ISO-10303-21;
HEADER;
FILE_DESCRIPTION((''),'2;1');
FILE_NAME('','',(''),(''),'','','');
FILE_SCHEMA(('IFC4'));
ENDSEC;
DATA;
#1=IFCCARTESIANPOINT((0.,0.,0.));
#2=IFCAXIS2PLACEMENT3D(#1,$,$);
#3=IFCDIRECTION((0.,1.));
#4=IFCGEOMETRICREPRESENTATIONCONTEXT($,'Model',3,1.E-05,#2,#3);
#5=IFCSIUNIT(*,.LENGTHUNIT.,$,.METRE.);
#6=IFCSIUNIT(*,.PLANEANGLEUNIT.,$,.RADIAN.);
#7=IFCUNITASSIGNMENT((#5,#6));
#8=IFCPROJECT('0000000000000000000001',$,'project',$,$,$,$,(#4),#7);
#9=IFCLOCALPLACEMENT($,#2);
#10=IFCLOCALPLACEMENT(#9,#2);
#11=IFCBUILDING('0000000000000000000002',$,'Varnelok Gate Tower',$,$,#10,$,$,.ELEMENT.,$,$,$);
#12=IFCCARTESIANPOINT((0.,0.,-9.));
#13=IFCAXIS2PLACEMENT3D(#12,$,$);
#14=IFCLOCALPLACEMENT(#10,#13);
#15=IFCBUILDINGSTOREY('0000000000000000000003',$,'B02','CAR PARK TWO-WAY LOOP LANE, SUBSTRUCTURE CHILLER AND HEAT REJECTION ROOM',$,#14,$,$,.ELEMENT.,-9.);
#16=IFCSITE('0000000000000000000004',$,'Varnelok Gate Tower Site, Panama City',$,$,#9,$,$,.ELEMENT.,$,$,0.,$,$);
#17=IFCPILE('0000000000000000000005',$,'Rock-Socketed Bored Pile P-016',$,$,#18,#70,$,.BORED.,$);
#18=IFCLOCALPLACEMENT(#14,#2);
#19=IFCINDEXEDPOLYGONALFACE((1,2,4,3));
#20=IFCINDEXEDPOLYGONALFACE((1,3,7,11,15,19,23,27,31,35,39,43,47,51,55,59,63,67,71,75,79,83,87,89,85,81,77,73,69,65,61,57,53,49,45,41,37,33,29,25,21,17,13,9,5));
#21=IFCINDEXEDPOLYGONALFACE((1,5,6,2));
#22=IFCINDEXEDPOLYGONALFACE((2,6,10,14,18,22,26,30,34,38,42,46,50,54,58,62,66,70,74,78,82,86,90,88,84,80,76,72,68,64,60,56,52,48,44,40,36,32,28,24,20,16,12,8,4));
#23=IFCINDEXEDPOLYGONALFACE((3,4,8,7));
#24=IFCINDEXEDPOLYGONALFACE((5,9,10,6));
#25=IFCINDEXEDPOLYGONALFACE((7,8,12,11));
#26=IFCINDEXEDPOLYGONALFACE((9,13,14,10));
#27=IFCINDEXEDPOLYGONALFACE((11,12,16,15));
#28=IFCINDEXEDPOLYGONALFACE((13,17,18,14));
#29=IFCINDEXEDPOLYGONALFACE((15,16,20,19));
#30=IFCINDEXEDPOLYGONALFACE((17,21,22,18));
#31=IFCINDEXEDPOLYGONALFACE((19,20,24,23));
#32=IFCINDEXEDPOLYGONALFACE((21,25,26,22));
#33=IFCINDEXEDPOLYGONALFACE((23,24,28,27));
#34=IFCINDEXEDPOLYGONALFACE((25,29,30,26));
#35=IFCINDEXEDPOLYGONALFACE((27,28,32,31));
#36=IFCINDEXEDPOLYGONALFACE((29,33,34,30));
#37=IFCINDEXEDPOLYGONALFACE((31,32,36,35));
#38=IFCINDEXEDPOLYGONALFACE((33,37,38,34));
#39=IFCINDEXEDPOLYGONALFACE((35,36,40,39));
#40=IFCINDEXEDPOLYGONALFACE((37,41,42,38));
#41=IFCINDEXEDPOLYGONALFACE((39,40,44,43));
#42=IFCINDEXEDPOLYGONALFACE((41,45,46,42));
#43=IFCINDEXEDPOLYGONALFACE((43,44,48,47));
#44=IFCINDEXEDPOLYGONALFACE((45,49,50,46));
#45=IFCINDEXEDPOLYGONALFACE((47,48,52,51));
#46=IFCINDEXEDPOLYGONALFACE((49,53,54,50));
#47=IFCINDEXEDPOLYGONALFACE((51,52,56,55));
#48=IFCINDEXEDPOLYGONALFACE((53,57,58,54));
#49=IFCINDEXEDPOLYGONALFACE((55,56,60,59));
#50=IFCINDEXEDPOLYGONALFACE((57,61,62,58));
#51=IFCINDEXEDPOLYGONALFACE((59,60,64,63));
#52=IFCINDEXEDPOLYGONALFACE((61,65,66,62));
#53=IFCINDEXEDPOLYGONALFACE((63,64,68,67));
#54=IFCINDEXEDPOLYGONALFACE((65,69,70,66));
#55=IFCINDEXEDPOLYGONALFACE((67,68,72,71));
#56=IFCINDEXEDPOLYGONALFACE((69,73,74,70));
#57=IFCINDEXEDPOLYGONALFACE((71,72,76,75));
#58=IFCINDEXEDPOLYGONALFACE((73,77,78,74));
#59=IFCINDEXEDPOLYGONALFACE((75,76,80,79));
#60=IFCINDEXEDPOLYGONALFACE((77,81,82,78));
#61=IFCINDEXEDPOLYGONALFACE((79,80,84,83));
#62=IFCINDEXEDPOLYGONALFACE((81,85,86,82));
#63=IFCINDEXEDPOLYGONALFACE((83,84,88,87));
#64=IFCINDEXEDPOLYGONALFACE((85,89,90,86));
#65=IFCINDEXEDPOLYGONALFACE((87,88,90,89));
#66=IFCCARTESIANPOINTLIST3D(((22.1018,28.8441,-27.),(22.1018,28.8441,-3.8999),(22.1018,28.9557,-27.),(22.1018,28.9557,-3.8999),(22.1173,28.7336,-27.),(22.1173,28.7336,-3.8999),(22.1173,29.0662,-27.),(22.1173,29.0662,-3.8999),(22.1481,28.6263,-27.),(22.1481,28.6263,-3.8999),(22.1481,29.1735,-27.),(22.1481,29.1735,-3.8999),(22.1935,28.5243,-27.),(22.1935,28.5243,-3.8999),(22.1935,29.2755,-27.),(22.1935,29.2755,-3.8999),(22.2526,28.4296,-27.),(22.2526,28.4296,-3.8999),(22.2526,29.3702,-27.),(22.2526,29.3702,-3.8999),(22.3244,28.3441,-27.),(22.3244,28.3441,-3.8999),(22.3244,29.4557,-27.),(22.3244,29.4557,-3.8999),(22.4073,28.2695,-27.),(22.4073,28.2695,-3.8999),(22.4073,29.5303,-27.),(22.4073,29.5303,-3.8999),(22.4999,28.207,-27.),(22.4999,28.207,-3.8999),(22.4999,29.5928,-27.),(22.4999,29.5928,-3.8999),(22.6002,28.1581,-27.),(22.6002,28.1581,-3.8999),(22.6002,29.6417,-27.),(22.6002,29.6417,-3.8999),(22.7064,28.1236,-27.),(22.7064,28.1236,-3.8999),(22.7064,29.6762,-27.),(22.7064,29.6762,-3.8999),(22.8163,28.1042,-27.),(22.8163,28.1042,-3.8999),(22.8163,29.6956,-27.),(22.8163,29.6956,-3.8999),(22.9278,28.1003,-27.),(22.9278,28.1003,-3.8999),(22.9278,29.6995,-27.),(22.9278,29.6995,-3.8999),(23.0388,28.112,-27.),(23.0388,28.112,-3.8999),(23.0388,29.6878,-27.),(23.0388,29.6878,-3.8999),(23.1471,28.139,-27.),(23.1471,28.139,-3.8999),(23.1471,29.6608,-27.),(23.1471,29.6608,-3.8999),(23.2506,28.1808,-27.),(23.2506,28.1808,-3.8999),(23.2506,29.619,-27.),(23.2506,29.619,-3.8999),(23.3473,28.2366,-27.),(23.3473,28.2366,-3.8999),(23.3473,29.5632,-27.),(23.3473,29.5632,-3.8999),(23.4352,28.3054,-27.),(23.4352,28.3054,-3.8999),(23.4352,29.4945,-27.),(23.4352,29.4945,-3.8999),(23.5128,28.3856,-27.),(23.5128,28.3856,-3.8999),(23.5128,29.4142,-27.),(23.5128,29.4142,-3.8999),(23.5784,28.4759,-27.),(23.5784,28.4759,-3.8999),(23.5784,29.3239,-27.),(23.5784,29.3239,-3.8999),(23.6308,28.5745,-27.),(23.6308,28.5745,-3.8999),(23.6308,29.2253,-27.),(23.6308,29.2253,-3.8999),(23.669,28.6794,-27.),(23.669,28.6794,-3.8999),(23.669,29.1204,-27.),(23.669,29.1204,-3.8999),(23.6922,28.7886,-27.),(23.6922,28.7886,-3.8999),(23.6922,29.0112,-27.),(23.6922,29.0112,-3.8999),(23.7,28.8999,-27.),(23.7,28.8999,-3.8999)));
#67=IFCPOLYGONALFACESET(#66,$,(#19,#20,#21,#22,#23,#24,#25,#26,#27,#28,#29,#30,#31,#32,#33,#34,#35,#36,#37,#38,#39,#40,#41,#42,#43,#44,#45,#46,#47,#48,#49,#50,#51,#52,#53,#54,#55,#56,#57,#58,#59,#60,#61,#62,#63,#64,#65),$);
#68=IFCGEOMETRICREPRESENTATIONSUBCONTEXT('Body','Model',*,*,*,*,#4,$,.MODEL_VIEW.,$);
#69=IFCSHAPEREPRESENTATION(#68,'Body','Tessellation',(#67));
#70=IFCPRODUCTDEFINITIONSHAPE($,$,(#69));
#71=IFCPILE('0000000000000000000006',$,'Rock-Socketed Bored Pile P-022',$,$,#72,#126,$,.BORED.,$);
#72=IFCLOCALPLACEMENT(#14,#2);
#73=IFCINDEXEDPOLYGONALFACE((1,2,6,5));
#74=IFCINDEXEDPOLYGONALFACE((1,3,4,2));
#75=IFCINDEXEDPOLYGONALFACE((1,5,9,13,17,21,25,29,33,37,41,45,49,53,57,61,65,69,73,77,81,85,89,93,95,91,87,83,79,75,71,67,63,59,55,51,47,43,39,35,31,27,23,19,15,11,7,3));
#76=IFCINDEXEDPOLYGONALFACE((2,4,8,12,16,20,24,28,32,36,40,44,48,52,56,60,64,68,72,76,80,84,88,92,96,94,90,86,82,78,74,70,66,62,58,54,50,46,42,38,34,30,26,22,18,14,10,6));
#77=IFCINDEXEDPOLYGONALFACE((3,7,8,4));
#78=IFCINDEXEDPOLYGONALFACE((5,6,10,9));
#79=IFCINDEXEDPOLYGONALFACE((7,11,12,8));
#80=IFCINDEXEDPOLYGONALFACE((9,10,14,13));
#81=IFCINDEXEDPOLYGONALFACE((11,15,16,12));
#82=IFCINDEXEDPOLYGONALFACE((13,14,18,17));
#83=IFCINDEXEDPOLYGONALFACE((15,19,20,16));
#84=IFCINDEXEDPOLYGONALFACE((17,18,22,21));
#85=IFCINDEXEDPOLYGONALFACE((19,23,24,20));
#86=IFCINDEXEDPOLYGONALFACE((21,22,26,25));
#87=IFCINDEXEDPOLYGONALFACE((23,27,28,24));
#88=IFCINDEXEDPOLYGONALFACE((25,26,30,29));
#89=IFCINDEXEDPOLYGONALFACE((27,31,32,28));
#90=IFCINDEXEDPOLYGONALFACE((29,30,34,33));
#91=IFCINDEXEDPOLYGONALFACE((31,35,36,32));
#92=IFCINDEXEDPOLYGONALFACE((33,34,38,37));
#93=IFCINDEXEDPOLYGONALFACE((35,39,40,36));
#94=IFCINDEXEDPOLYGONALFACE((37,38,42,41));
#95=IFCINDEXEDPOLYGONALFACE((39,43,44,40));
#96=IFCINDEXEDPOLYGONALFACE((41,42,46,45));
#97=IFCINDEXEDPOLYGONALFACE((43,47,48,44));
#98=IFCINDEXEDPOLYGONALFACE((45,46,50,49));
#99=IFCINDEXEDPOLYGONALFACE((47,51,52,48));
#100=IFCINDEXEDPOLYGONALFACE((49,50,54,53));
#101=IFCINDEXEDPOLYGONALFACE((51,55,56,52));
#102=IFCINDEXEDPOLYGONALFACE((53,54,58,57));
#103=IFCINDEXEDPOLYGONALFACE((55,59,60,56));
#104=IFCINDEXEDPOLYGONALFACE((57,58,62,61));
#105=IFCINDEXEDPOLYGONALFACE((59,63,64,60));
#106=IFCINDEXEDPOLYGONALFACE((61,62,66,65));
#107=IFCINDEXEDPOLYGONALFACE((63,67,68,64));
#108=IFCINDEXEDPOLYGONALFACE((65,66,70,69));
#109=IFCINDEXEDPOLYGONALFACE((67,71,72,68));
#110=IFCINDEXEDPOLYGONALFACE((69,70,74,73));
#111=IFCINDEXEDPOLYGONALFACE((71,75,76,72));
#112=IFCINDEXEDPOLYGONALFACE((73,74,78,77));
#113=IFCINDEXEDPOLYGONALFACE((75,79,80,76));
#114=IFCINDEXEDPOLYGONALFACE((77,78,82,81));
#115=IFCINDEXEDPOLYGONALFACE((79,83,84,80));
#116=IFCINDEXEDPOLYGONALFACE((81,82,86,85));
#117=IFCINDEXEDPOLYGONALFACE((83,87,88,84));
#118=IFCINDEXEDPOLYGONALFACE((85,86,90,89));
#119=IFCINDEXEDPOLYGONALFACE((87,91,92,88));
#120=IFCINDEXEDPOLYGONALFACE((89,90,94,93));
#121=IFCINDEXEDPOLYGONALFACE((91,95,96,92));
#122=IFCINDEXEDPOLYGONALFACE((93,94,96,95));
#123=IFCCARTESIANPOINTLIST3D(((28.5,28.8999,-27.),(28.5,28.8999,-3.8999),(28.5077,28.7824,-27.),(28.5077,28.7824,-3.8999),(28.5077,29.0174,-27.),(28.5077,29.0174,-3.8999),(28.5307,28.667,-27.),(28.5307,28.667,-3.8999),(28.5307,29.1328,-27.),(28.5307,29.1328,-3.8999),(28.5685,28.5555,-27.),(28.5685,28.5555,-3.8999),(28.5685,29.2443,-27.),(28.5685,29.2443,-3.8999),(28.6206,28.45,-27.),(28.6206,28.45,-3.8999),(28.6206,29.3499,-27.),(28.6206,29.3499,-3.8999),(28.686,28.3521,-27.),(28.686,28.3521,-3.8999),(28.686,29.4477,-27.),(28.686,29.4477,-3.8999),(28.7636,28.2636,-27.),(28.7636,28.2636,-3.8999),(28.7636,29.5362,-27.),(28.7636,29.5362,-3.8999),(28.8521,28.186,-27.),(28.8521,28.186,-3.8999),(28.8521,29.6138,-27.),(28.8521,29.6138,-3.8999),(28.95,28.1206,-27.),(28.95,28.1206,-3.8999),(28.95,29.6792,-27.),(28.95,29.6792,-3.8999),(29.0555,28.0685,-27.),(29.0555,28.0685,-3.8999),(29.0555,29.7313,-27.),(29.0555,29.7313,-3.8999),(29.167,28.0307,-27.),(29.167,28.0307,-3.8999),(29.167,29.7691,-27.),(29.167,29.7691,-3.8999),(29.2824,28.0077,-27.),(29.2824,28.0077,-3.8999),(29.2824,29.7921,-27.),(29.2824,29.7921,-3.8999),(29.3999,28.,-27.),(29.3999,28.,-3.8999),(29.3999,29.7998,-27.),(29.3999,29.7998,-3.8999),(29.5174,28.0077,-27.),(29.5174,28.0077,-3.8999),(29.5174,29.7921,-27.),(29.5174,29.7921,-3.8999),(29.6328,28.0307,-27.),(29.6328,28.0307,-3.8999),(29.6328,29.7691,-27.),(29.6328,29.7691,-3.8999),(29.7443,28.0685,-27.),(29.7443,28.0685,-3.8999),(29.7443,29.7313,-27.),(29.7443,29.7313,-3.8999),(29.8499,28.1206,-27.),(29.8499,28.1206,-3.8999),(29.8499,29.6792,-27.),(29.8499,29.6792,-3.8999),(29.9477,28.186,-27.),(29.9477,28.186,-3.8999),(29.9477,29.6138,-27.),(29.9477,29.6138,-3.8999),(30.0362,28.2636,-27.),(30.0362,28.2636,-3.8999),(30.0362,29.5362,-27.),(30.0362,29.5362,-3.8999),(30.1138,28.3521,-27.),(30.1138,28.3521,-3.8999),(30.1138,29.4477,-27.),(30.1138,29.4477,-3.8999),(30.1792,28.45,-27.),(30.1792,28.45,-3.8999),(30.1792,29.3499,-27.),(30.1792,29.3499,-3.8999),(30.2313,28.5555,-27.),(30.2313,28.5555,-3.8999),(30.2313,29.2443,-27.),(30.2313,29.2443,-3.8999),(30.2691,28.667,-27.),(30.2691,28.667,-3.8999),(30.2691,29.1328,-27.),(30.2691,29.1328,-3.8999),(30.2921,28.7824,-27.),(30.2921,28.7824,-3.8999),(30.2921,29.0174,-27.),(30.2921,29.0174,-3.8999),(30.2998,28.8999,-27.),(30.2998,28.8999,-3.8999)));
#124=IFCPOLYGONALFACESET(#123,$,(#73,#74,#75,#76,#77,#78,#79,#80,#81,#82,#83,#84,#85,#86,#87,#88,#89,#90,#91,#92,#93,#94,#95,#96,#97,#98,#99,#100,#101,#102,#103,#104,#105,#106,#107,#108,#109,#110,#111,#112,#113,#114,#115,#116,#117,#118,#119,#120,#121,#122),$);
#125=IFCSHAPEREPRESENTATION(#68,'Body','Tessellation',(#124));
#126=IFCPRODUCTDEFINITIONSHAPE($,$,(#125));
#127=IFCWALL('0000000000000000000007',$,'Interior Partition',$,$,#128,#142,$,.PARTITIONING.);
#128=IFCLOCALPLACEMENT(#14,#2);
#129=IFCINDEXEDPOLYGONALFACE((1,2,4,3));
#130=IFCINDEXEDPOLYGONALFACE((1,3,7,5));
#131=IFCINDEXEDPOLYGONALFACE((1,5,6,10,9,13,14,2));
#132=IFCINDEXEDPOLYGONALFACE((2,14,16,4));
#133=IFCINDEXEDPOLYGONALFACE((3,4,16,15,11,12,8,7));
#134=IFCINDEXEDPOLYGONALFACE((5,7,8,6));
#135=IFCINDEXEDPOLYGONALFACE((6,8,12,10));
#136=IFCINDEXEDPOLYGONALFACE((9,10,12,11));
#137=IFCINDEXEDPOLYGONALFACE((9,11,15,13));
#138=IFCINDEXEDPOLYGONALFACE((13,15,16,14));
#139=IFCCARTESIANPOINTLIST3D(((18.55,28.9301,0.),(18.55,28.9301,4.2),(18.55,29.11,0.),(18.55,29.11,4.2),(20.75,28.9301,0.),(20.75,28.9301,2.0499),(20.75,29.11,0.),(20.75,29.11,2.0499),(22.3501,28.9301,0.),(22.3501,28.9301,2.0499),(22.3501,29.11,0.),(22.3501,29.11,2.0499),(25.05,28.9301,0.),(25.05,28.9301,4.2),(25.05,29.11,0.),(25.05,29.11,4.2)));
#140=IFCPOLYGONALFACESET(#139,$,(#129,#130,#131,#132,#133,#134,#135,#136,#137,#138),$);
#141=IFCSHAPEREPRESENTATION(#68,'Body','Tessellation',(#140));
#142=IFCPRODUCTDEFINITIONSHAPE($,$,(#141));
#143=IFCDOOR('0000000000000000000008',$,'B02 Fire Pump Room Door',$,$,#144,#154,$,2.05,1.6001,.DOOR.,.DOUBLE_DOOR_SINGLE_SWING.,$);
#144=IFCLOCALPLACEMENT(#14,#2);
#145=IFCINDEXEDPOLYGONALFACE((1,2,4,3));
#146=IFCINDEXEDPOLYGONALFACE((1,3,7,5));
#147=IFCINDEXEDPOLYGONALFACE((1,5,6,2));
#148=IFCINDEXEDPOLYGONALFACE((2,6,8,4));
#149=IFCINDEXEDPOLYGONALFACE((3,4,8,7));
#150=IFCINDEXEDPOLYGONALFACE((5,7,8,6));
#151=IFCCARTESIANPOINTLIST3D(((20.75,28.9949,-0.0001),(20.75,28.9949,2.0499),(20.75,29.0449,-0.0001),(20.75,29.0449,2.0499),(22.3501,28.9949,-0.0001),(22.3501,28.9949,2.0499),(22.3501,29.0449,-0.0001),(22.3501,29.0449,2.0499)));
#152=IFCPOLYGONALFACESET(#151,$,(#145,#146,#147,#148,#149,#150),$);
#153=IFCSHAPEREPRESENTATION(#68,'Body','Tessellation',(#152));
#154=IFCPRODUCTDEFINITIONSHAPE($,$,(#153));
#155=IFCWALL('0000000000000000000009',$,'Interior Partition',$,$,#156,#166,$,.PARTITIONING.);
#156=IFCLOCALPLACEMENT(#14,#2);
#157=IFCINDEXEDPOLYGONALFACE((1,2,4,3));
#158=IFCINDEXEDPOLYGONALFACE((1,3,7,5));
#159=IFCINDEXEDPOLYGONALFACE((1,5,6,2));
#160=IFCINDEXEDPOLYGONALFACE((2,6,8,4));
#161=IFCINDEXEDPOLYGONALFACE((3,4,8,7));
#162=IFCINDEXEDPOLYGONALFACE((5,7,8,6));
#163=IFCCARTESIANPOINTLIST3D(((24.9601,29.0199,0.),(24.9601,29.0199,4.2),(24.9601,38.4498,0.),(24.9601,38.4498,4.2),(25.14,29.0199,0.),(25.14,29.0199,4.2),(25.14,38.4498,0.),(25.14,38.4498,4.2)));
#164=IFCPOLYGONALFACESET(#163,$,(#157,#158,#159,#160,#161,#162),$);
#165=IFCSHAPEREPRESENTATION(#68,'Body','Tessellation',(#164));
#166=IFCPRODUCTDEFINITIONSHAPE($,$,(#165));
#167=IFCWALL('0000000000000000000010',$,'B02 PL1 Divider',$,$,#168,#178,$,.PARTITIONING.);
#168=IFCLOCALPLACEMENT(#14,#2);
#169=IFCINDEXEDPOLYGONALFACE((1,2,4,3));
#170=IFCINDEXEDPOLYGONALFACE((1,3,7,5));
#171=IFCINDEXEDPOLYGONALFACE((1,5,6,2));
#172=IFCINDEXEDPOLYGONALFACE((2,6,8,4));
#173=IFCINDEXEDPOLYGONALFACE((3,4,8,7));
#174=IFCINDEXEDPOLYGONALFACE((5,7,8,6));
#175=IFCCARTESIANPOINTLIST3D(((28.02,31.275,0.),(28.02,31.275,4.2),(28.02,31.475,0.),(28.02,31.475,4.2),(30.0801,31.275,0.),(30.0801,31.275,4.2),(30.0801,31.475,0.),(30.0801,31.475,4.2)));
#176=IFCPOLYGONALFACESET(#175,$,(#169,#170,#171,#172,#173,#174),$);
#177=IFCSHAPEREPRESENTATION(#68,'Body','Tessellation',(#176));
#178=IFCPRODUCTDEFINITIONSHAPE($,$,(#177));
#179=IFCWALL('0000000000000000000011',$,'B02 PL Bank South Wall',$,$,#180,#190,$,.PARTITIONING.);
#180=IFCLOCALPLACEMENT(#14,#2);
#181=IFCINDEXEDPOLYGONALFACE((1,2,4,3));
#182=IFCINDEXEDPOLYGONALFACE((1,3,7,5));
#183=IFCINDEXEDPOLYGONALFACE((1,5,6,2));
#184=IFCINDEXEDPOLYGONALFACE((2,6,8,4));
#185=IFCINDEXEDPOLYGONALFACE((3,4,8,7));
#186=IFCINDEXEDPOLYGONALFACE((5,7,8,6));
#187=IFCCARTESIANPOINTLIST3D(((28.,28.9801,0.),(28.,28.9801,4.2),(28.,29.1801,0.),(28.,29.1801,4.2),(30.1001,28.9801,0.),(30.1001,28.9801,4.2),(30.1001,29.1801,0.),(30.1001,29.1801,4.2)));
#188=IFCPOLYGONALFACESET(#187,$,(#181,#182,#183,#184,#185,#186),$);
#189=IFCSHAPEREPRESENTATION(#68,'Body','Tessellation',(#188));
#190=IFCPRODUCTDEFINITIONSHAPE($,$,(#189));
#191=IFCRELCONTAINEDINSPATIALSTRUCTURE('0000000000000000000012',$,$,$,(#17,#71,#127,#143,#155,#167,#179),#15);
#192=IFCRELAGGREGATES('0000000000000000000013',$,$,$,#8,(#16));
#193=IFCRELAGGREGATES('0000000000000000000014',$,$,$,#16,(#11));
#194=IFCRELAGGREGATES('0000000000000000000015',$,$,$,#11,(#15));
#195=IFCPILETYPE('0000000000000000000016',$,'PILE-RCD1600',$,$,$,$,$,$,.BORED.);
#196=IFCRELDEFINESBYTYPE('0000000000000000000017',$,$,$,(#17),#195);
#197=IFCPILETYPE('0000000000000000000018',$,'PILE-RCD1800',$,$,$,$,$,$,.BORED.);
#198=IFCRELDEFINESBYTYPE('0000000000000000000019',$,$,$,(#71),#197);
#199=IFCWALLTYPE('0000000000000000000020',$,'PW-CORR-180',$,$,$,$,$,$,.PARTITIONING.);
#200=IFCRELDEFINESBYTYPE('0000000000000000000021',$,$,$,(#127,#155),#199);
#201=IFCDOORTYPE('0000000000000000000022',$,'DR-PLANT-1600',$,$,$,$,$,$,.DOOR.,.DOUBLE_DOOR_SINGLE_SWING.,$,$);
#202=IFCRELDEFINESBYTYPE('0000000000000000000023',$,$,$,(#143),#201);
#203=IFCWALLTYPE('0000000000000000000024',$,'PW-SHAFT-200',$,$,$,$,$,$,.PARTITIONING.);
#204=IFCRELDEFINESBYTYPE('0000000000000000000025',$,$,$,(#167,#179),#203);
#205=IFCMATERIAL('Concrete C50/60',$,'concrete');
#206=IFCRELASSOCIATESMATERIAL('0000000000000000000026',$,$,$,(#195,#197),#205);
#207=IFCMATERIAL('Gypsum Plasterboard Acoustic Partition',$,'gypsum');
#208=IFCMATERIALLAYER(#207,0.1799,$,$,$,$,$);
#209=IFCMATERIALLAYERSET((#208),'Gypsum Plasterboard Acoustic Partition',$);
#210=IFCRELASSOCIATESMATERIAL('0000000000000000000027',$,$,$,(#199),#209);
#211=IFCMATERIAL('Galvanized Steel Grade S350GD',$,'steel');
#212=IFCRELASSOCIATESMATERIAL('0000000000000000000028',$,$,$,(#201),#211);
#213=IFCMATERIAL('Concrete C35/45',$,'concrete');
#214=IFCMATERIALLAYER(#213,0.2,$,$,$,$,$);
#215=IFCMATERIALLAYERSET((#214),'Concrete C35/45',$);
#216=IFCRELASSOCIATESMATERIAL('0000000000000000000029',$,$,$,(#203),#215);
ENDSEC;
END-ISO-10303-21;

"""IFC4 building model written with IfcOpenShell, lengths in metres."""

from ifc_helpers import new_model, si_unit, direction, frame, frame_2d, origin, origin_2d, place, context, subcontext, project, spatial, rectangle, circle, extrude, material, layer, layer_set, material_profile, profile_set, type_object, element, fill, save


model = new_model("IFC4")

# Units and contexts
model_context = context("Model", 3, precision=1e-05, world=origin(), true_north=direction((0.0, 1.0)))
body_context = subcontext(model_context, "Body", "Model", "MODEL_VIEW")
ifc_project = project(units=[si_unit("LENGTHUNIT", "METRE"), si_unit("PLANEANGLEUNIT", "RADIAN")], contexts=[model_context])

# Site, building, storey
site_placement = place(None, origin())
site = spatial("IfcSite", under=ifc_project, at=site_placement, Name="Varnelok Gate Tower Site, Panama City", CompositionType="ELEMENT", RefElevation=0.0)
building_placement = place(site_placement, origin())
building = spatial("IfcBuilding", under=site, at=building_placement, Name="Varnelok Gate Tower", CompositionType="ELEMENT")
storey_placement = place(building_placement, frame((0.0, 0.0, -9.0)))
storey = spatial("IfcBuildingStorey", under=building, at=storey_placement, Name="B02", Description="CAR PARK TWO-WAY LOOP LANE, SUBSTRUCTURE CHILLER AND HEAT REJECTION ROOM", CompositionType="ELEMENT", Elevation=-9.0)

# Piles
ifc_material_1 = material(Name="Concrete C50/60", Category="concrete")
ifc_material_profile_1 = material_profile(ifc_material_1, circle(Radius=0.8, at=origin_2d()), Name="RCD1600")
ifc_profile_set_1 = profile_set([ifc_material_profile_1], Name="Concrete C50/60")
pile_type_1 = type_object("IfcPileType", Name="PILE-RCD1600", PredefinedType="BORED", material=ifc_profile_set_1)
pile_1_placement = place(storey_placement, frame((22.8999, 28.8999, -3.8999), z_axis=(0.0, 0.0, -1.0), x_axis=(1.0, 0.0, 0.0)))
element("IfcPile", 1, at=pile_1_placement, inside=storey, type_object=pile_type_1, Name="Rock-Socketed Bored Pile P-016", PredefinedType="BORED", context=body_context, shape_type="SweptSolid", body=[
    extrude(circle(Radius=0.8, at=origin_2d()), origin(), (0.0, 0.0, 1.0), 23.1001),
])
ifc_material_profile_2 = material_profile(ifc_material_1, circle(Radius=0.8999, at=origin_2d()), Name="RCD1800")
ifc_profile_set_2 = profile_set([ifc_material_profile_2], Name="Concrete C50/60")
pile_type_2 = type_object("IfcPileType", Name="PILE-RCD1800", PredefinedType="BORED", material=ifc_profile_set_2)
pile_2_placement = place(storey_placement, frame((29.3999, 28.8999, -3.8999), z_axis=(0.0, 0.0, -1.0), x_axis=(1.0, 0.0, 0.0)))
element("IfcPile", 2, at=pile_2_placement, inside=storey, type_object=pile_type_2, Name="Rock-Socketed Bored Pile P-022", PredefinedType="BORED", context=body_context, shape_type="SweptSolid", body=[
    extrude(circle(Radius=0.8999, at=origin_2d()), origin(), (0.0, 0.0, 1.0), 23.1001),
])

# Wall, opening, door
ifc_material_2 = material(Name="Gypsum Plasterboard Acoustic Partition", Category="gypsum")
ifc_layer_1 = layer(ifc_material_2, 0.1799)
ifc_layer_set_1 = layer_set([ifc_layer_1], Name="Gypsum Plasterboard Acoustic Partition")
wall_type_1 = type_object("IfcWallType", Name="PW-CORR-180", PredefinedType="PARTITIONING", material=ifc_layer_set_1)
wall_1_placement = place(storey_placement, frame((18.55, 29.02, 0.0), z_axis=(0.0, 0.0, 1.0), x_axis=(1.0, 0.0, 0.0)))
wall_1 = element("IfcWall", 3, at=wall_1_placement, inside=storey, type_object=wall_type_1, Name="Interior Partition", PredefinedType="PARTITIONING", context=body_context, shape_type="SweptSolid", body=[
    extrude(rectangle(XDim=6.5, YDim=0.1799, at=frame_2d((3.25, 0.0))), origin(), (0.0, 0.0, 1.0), 4.2),
])
opening_1_placement = place(wall_1_placement, frame((2.2, 0.0, 0.0)))
opening_1 = element("IfcOpeningElement", 4, at=opening_1_placement, cuts=wall_1, PredefinedType="OPENING", context=body_context, shape_type="SweptSolid", body=[
    extrude(rectangle(XDim=1.6001, YDim=2.05, at=frame_2d((0.8, 1.0249))), frame((0.0, 0.0999, 0.0), z_axis=(0.0, -1.0, 0.0), x_axis=(1.0, 0.0, 0.0)), (0.0, 0.0, 1.0), 0.2),
])
ifc_material_3 = material(Name="Galvanized Steel Grade S350GD", Category="steel")
door_type_1 = type_object("IfcDoorType", Name="DR-PLANT-1600", OperationType="DOUBLE_DOOR_SINGLE_SWING", PredefinedType="DOOR", material=ifc_material_3)
door_1_placement = place(opening_1_placement, origin())
door_1 = element("IfcDoor", 5, at=door_1_placement, inside=storey, type_object=door_type_1, Name="B02 Fire Pump Room Door", OperationType="DOUBLE_DOOR_SINGLE_SWING", OverallHeight=2.05, OverallWidth=1.6001, PredefinedType="DOOR", context=body_context, shape_type="SweptSolid", body=[
    extrude(rectangle(XDim=1.6001, YDim=2.05, at=frame_2d((0.8, 1.0249))), frame((0.0, 0.0249, 0.0), z_axis=(0.0, -1.0, 0.0), x_axis=(1.0, 0.0, 0.0)), (0.0, 0.0, 1.0), 0.05),
])
fill(opening_1, door_1)

# Walls
wall_2_placement = place(storey_placement, frame((25.05, 29.02, 0.0), z_axis=(0.0, 0.0, 1.0), x_axis=(0.0, 1.0, 0.0)))
element("IfcWall", 6, at=wall_2_placement, inside=storey, type_object=wall_type_1, Name="Interior Partition", PredefinedType="PARTITIONING", context=body_context, shape_type="SweptSolid", body=[
    extrude(rectangle(XDim=9.4299, YDim=0.1799, at=frame_2d((4.7148, 0.0))), origin(), (0.0, 0.0, 1.0), 4.2),
])
ifc_material_4 = material(Name="Concrete C35/45", Category="concrete")
ifc_layer_2 = layer(ifc_material_4, 0.2)
ifc_layer_set_2 = layer_set([ifc_layer_2], Name="Concrete C35/45")
wall_type_2 = type_object("IfcWallType", Name="PW-SHAFT-200", PredefinedType="PARTITIONING", material=ifc_layer_set_2)
wall_3_placement = place(storey_placement, frame((28.02, 31.375, 0.0), z_axis=(0.0, 0.0, 1.0), x_axis=(1.0, 0.0, 0.0)))
element("IfcWall", 7, at=wall_3_placement, inside=storey, type_object=wall_type_2, Name="B02 PL1 Divider", PredefinedType="PARTITIONING", context=body_context, shape_type="SweptSolid", body=[
    extrude(rectangle(XDim=2.0601, YDim=0.2, at=frame_2d((1.03, 0.0))), origin(), (0.0, 0.0, 1.0), 4.2),
])
wall_4_placement = place(storey_placement, frame((28.0, 29.0801, 0.0), z_axis=(0.0, 0.0, 1.0), x_axis=(1.0, 0.0, 0.0)))
element("IfcWall", 8, at=wall_4_placement, inside=storey, type_object=wall_type_2, Name="B02 PL Bank South Wall", PredefinedType="PARTITIONING", context=body_context, shape_type="SweptSolid", body=[
    extrude(rectangle(XDim=2.1001, YDim=0.2, at=frame_2d((1.05, 0.0))), origin(), (0.0, 0.0, 1.0), 4.2),
])

save(model, "model.ifc")
